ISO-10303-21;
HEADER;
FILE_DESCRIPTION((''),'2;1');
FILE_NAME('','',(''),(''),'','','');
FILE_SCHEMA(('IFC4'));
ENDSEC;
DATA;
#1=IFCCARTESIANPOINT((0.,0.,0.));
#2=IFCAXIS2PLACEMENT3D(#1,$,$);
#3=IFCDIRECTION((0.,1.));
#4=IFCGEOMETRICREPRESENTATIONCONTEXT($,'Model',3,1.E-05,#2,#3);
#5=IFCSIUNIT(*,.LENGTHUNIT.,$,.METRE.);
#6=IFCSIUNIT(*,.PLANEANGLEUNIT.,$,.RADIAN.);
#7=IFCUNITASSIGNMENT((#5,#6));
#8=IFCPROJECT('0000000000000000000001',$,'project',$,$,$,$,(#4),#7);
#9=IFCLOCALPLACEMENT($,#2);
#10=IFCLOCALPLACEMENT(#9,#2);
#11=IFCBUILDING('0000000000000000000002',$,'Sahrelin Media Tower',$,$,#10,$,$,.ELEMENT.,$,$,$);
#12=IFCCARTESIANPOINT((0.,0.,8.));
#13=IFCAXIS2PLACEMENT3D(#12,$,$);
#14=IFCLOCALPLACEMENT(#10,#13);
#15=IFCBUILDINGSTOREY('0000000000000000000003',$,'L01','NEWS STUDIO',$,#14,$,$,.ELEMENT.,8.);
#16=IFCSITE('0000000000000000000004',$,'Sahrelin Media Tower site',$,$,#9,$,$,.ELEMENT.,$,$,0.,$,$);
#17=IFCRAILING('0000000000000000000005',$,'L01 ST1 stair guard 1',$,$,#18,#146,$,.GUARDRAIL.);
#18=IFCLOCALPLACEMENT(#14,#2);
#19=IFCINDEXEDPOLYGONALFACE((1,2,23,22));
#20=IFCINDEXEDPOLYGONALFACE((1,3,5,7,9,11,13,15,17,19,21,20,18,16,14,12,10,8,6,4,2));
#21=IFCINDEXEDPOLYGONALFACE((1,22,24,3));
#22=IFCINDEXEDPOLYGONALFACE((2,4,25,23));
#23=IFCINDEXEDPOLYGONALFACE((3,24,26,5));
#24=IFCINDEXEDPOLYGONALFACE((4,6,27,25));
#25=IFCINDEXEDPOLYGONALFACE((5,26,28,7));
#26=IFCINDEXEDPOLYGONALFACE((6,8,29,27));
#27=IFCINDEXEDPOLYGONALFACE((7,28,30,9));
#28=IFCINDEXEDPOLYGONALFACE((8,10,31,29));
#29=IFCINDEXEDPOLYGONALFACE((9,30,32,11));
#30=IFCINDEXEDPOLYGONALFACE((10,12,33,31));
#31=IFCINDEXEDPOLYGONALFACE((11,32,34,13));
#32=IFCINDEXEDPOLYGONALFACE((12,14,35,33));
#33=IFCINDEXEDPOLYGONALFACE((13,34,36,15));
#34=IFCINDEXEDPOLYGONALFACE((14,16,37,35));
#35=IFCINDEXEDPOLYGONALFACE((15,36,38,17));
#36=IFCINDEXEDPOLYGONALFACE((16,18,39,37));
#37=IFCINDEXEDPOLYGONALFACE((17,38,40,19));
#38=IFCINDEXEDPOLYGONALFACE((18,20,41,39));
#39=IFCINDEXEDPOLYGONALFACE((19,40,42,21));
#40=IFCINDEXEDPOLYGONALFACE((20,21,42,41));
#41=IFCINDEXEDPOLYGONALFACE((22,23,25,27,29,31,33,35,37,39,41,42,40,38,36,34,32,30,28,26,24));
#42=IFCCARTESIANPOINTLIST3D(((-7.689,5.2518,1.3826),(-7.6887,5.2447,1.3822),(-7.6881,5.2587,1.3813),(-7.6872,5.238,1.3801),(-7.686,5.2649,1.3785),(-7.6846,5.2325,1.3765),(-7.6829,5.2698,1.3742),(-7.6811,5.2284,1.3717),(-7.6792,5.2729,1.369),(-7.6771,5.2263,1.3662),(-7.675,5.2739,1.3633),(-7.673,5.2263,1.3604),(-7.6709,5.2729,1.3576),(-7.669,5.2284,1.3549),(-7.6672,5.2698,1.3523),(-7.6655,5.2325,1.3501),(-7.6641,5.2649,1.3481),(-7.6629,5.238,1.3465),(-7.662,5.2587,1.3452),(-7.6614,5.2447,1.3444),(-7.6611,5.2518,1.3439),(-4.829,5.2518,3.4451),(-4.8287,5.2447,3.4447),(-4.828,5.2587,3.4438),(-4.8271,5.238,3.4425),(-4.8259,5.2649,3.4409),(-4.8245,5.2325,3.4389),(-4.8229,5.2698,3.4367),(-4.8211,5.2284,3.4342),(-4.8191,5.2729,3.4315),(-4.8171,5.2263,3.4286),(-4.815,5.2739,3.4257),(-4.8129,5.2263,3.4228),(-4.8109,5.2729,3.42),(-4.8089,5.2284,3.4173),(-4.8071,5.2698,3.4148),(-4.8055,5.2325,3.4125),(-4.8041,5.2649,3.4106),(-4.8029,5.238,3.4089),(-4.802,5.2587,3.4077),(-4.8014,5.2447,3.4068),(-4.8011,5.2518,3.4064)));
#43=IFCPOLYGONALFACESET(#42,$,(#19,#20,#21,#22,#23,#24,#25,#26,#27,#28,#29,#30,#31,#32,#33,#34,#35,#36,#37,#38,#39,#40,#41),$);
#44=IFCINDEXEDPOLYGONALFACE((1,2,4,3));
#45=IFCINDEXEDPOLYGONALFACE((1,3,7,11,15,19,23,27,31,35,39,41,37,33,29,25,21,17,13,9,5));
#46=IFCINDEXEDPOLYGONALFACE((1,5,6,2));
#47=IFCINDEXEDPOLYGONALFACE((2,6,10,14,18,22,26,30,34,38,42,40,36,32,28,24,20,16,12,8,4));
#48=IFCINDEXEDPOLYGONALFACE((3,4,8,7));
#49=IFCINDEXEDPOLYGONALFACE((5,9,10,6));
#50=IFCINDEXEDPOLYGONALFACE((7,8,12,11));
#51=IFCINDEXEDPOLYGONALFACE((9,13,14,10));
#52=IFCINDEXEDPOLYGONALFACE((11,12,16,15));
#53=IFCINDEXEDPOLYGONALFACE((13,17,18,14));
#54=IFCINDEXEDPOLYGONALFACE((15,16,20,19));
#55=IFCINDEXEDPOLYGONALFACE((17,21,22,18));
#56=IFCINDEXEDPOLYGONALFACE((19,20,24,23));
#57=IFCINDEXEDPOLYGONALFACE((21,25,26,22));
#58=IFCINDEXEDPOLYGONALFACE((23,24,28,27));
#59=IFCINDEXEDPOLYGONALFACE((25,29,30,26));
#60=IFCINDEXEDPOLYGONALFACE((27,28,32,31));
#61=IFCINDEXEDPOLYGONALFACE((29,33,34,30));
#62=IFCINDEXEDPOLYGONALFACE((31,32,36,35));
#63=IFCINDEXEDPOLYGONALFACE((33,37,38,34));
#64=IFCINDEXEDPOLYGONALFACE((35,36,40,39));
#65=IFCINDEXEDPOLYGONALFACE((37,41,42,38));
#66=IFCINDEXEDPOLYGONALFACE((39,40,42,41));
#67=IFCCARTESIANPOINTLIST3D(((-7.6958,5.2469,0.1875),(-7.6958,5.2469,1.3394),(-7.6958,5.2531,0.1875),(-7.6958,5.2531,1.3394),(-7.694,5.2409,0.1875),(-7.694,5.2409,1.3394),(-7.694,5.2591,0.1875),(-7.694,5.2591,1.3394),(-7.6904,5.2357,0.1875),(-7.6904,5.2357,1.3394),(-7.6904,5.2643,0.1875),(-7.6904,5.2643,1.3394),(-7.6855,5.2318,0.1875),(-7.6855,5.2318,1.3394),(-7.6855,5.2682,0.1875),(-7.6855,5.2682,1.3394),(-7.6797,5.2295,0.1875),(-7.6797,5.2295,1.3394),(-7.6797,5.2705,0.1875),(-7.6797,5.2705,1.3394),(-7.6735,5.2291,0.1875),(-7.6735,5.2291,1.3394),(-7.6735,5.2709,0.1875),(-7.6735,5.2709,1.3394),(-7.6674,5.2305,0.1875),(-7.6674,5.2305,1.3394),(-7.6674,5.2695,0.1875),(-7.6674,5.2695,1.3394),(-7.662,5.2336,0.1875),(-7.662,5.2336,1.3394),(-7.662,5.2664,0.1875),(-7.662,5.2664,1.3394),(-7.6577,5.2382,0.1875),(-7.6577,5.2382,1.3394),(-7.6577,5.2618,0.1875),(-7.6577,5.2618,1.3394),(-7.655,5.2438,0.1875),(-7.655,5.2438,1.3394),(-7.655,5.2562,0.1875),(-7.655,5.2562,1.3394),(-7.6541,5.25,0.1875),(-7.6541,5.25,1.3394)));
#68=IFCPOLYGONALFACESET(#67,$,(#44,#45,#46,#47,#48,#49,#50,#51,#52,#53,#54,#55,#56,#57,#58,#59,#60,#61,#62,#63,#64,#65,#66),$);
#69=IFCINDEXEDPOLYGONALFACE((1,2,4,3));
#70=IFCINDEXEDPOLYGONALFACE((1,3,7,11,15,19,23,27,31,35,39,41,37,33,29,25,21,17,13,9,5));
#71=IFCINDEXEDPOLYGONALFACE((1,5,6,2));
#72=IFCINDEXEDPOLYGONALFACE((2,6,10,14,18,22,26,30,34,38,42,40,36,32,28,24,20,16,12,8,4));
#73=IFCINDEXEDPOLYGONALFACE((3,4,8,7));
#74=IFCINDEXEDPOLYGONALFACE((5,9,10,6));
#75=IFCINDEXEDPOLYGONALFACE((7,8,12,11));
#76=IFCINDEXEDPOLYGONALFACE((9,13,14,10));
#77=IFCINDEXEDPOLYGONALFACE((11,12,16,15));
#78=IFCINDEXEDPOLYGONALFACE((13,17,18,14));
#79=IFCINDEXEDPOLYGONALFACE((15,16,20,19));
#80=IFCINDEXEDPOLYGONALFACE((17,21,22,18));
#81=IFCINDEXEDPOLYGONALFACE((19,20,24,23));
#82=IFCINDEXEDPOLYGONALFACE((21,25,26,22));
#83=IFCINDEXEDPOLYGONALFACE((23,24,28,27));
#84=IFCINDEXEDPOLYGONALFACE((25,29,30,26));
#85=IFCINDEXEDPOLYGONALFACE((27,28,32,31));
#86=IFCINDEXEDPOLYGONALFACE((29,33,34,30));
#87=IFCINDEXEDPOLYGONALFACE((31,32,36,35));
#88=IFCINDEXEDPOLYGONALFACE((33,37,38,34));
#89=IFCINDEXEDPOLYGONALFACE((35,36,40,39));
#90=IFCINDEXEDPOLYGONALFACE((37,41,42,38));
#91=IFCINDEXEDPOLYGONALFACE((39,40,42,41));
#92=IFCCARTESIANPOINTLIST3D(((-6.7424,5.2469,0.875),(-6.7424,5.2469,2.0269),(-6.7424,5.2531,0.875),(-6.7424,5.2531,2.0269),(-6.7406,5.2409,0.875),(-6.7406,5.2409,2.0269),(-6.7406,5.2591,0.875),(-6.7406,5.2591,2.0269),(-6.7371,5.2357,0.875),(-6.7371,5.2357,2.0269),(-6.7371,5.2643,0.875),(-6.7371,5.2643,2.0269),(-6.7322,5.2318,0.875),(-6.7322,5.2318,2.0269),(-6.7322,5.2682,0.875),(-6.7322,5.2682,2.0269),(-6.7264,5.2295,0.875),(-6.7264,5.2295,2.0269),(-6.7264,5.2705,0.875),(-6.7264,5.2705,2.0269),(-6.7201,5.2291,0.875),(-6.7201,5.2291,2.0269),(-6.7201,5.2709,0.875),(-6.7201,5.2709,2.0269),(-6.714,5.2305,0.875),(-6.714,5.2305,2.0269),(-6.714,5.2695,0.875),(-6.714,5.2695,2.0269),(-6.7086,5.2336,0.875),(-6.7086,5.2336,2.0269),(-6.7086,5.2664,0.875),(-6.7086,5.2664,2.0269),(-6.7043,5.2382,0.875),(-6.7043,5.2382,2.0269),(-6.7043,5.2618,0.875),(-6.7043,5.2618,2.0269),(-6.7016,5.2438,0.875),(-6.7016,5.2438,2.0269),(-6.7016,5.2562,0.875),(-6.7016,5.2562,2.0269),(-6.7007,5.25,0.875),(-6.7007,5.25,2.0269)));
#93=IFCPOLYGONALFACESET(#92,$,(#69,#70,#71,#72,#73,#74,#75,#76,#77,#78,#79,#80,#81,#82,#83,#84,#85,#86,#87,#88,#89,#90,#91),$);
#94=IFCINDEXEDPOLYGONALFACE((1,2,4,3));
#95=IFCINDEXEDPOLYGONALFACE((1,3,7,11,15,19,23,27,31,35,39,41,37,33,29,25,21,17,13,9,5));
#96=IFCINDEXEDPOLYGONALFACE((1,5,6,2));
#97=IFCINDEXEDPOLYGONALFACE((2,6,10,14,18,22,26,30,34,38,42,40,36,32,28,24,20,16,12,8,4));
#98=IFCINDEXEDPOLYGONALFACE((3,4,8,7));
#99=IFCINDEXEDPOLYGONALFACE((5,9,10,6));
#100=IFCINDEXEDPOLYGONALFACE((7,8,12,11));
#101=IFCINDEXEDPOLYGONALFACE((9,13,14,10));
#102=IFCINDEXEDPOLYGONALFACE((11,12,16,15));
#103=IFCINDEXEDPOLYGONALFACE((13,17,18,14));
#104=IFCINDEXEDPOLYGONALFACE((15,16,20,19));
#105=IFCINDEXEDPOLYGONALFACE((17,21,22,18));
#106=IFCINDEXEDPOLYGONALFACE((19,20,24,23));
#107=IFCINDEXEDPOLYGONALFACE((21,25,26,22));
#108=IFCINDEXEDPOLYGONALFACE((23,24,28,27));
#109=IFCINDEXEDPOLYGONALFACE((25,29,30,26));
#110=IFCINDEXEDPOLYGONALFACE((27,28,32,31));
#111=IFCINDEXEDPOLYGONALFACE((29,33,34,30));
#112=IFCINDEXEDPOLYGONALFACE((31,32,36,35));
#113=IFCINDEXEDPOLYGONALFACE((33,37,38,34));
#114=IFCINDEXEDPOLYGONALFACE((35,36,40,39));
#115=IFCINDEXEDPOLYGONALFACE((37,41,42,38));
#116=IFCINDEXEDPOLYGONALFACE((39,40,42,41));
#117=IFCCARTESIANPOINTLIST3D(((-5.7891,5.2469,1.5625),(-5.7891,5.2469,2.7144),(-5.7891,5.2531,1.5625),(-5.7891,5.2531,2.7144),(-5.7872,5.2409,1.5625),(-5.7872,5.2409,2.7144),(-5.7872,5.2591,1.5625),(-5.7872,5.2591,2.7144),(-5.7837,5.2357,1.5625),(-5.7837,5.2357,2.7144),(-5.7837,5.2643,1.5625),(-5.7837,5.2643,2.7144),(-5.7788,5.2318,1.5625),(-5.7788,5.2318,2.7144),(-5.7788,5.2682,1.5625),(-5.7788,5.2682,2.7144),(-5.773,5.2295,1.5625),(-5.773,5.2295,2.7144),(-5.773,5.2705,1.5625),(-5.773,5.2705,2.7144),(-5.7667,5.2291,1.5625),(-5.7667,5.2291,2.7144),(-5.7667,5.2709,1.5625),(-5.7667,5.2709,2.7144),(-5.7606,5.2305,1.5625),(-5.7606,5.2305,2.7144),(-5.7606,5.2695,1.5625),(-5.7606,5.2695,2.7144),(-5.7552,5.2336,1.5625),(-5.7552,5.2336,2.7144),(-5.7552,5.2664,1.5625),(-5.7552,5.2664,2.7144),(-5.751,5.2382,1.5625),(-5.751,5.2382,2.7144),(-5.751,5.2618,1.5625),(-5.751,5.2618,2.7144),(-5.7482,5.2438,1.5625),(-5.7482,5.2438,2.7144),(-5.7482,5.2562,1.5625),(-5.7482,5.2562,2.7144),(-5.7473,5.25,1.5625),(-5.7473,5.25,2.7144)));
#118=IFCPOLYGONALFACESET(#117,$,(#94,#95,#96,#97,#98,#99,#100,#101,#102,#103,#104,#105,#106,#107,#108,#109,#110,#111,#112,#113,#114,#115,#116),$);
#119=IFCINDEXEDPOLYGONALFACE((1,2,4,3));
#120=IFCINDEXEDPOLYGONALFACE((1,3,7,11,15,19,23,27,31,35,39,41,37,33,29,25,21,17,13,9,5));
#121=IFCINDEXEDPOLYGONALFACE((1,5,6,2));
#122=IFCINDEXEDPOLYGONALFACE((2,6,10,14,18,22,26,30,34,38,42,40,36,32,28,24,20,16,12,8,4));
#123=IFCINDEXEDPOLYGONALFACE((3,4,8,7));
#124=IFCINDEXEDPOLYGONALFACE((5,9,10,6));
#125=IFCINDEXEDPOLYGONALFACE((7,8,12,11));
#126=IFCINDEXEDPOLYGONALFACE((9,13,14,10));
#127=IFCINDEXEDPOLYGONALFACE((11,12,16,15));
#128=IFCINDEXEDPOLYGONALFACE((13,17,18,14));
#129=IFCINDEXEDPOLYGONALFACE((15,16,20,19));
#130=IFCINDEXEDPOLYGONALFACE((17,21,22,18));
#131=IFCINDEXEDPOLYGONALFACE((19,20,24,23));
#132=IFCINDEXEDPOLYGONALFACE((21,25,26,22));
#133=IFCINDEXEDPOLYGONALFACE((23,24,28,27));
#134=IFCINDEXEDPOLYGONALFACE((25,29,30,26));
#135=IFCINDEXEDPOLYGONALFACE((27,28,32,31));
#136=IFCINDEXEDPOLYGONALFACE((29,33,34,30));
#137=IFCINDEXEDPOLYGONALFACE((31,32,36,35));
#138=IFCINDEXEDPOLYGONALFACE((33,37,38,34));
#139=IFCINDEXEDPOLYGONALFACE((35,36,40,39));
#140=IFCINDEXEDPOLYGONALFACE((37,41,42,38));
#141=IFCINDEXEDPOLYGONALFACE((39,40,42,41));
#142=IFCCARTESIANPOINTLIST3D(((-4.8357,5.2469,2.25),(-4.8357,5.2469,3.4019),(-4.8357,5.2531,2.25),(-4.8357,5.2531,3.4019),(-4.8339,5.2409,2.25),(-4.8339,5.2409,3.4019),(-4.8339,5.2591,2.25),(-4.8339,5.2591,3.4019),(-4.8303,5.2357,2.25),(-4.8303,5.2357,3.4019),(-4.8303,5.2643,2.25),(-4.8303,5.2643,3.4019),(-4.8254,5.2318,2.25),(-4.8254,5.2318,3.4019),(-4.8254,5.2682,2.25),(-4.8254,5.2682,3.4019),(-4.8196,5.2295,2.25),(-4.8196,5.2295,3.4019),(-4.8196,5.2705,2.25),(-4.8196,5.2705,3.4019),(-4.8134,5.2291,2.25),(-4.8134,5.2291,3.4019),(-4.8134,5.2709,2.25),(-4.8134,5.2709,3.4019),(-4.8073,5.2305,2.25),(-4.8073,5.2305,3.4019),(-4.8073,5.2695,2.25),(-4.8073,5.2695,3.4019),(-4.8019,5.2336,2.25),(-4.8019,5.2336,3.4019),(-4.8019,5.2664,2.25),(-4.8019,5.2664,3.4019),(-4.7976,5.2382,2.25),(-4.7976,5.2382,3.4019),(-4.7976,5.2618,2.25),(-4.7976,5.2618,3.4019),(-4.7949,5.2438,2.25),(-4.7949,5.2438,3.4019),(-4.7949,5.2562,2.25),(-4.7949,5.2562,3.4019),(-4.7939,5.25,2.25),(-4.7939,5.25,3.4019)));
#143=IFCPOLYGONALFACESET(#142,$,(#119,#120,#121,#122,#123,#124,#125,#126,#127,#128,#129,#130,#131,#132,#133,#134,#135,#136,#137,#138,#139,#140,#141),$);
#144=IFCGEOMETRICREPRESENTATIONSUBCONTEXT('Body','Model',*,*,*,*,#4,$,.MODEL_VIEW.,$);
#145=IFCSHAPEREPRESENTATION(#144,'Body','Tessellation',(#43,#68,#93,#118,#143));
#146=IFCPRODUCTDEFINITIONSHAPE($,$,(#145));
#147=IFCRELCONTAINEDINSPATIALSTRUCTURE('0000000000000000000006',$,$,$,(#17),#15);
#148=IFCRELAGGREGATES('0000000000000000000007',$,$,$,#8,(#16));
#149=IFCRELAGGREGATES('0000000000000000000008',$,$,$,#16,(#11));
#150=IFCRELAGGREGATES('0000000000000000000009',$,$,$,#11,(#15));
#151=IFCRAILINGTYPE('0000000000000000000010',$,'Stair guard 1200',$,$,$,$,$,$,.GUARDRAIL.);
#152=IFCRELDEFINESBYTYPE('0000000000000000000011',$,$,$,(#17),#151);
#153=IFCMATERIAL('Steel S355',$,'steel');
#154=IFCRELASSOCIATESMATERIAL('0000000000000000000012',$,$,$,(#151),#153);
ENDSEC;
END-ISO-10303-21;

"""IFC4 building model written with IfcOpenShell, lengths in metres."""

from ifc_helpers import new_model, si_unit, direction, frame, origin, origin_2d, place, context, subcontext, project, spatial, circle, extrude, material, type_object, element, save


model = new_model("IFC4")

# Units and contexts
model_context = context("Model", 3, precision=1e-05, world=origin(), true_north=direction((0.0, 1.0)))
body_context = subcontext(model_context, "Body", "Model", "MODEL_VIEW")
ifc_project = project(units=[si_unit("LENGTHUNIT", "METRE"), si_unit("PLANEANGLEUNIT", "RADIAN")], contexts=[model_context])

# Site, building, storey
site_placement = place(None, origin())
site = spatial("IfcSite", under=ifc_project, at=site_placement, Name="Sahrelin Media Tower site", CompositionType="ELEMENT", RefElevation=0.0)
building_placement = place(site_placement, origin())
building = spatial("IfcBuilding", under=site, at=building_placement, Name="Sahrelin Media Tower", CompositionType="ELEMENT")
storey_placement = place(building_placement, frame((0.0, 0.0, 8.0)))
storey = spatial("IfcBuildingStorey", under=building, at=storey_placement, Name="L01", Description="NEWS STUDIO", CompositionType="ELEMENT", Elevation=8.0)

# Railing
ifc_material_1 = material(Name="Steel S355", Category="steel")
railing_type_1 = type_object("IfcRailingType", Name="Stair guard 1200", PredefinedType="GUARDRAIL", material=ifc_material_1)
railing_1_placement = place(storey_placement, frame((-7.675, 5.25, 0.1875)))
element("IfcRailing", 1, at=railing_1_placement, inside=storey, type_object=railing_type_1, Name="L01 ST1 stair guard 1", PredefinedType="GUARDRAIL", context=body_context, shape_type="SweptSolid", body=[
    extrude(circle(Radius=0.0239, at=origin_2d()), frame((0.0, 0.0, 1.1758), z_axis=(0.811101, 0.0, 0.584906), x_axis=(0.0, 1.0, 0.0)), (0.0, 0.0, 1.0), 3.5261),
    extrude(circle(Radius=0.021, at=origin_2d()), origin(), (0.0, 0.0, 1.0), 1.1519),
    extrude(circle(Radius=0.021, at=origin_2d()), frame((0.9534, 0.0, 0.6875)), (0.0, 0.0, 1.0), 1.1519),
    extrude(circle(Radius=0.021, at=origin_2d()), frame((1.9067, 0.0, 1.375)), (0.0, 0.0, 1.0), 1.1519),
    extrude(circle(Radius=0.021, at=origin_2d()), frame((2.8601, 0.0, 2.0625)), (0.0, 0.0, 1.0), 1.1519),
])

save(model, "model.ifc")
